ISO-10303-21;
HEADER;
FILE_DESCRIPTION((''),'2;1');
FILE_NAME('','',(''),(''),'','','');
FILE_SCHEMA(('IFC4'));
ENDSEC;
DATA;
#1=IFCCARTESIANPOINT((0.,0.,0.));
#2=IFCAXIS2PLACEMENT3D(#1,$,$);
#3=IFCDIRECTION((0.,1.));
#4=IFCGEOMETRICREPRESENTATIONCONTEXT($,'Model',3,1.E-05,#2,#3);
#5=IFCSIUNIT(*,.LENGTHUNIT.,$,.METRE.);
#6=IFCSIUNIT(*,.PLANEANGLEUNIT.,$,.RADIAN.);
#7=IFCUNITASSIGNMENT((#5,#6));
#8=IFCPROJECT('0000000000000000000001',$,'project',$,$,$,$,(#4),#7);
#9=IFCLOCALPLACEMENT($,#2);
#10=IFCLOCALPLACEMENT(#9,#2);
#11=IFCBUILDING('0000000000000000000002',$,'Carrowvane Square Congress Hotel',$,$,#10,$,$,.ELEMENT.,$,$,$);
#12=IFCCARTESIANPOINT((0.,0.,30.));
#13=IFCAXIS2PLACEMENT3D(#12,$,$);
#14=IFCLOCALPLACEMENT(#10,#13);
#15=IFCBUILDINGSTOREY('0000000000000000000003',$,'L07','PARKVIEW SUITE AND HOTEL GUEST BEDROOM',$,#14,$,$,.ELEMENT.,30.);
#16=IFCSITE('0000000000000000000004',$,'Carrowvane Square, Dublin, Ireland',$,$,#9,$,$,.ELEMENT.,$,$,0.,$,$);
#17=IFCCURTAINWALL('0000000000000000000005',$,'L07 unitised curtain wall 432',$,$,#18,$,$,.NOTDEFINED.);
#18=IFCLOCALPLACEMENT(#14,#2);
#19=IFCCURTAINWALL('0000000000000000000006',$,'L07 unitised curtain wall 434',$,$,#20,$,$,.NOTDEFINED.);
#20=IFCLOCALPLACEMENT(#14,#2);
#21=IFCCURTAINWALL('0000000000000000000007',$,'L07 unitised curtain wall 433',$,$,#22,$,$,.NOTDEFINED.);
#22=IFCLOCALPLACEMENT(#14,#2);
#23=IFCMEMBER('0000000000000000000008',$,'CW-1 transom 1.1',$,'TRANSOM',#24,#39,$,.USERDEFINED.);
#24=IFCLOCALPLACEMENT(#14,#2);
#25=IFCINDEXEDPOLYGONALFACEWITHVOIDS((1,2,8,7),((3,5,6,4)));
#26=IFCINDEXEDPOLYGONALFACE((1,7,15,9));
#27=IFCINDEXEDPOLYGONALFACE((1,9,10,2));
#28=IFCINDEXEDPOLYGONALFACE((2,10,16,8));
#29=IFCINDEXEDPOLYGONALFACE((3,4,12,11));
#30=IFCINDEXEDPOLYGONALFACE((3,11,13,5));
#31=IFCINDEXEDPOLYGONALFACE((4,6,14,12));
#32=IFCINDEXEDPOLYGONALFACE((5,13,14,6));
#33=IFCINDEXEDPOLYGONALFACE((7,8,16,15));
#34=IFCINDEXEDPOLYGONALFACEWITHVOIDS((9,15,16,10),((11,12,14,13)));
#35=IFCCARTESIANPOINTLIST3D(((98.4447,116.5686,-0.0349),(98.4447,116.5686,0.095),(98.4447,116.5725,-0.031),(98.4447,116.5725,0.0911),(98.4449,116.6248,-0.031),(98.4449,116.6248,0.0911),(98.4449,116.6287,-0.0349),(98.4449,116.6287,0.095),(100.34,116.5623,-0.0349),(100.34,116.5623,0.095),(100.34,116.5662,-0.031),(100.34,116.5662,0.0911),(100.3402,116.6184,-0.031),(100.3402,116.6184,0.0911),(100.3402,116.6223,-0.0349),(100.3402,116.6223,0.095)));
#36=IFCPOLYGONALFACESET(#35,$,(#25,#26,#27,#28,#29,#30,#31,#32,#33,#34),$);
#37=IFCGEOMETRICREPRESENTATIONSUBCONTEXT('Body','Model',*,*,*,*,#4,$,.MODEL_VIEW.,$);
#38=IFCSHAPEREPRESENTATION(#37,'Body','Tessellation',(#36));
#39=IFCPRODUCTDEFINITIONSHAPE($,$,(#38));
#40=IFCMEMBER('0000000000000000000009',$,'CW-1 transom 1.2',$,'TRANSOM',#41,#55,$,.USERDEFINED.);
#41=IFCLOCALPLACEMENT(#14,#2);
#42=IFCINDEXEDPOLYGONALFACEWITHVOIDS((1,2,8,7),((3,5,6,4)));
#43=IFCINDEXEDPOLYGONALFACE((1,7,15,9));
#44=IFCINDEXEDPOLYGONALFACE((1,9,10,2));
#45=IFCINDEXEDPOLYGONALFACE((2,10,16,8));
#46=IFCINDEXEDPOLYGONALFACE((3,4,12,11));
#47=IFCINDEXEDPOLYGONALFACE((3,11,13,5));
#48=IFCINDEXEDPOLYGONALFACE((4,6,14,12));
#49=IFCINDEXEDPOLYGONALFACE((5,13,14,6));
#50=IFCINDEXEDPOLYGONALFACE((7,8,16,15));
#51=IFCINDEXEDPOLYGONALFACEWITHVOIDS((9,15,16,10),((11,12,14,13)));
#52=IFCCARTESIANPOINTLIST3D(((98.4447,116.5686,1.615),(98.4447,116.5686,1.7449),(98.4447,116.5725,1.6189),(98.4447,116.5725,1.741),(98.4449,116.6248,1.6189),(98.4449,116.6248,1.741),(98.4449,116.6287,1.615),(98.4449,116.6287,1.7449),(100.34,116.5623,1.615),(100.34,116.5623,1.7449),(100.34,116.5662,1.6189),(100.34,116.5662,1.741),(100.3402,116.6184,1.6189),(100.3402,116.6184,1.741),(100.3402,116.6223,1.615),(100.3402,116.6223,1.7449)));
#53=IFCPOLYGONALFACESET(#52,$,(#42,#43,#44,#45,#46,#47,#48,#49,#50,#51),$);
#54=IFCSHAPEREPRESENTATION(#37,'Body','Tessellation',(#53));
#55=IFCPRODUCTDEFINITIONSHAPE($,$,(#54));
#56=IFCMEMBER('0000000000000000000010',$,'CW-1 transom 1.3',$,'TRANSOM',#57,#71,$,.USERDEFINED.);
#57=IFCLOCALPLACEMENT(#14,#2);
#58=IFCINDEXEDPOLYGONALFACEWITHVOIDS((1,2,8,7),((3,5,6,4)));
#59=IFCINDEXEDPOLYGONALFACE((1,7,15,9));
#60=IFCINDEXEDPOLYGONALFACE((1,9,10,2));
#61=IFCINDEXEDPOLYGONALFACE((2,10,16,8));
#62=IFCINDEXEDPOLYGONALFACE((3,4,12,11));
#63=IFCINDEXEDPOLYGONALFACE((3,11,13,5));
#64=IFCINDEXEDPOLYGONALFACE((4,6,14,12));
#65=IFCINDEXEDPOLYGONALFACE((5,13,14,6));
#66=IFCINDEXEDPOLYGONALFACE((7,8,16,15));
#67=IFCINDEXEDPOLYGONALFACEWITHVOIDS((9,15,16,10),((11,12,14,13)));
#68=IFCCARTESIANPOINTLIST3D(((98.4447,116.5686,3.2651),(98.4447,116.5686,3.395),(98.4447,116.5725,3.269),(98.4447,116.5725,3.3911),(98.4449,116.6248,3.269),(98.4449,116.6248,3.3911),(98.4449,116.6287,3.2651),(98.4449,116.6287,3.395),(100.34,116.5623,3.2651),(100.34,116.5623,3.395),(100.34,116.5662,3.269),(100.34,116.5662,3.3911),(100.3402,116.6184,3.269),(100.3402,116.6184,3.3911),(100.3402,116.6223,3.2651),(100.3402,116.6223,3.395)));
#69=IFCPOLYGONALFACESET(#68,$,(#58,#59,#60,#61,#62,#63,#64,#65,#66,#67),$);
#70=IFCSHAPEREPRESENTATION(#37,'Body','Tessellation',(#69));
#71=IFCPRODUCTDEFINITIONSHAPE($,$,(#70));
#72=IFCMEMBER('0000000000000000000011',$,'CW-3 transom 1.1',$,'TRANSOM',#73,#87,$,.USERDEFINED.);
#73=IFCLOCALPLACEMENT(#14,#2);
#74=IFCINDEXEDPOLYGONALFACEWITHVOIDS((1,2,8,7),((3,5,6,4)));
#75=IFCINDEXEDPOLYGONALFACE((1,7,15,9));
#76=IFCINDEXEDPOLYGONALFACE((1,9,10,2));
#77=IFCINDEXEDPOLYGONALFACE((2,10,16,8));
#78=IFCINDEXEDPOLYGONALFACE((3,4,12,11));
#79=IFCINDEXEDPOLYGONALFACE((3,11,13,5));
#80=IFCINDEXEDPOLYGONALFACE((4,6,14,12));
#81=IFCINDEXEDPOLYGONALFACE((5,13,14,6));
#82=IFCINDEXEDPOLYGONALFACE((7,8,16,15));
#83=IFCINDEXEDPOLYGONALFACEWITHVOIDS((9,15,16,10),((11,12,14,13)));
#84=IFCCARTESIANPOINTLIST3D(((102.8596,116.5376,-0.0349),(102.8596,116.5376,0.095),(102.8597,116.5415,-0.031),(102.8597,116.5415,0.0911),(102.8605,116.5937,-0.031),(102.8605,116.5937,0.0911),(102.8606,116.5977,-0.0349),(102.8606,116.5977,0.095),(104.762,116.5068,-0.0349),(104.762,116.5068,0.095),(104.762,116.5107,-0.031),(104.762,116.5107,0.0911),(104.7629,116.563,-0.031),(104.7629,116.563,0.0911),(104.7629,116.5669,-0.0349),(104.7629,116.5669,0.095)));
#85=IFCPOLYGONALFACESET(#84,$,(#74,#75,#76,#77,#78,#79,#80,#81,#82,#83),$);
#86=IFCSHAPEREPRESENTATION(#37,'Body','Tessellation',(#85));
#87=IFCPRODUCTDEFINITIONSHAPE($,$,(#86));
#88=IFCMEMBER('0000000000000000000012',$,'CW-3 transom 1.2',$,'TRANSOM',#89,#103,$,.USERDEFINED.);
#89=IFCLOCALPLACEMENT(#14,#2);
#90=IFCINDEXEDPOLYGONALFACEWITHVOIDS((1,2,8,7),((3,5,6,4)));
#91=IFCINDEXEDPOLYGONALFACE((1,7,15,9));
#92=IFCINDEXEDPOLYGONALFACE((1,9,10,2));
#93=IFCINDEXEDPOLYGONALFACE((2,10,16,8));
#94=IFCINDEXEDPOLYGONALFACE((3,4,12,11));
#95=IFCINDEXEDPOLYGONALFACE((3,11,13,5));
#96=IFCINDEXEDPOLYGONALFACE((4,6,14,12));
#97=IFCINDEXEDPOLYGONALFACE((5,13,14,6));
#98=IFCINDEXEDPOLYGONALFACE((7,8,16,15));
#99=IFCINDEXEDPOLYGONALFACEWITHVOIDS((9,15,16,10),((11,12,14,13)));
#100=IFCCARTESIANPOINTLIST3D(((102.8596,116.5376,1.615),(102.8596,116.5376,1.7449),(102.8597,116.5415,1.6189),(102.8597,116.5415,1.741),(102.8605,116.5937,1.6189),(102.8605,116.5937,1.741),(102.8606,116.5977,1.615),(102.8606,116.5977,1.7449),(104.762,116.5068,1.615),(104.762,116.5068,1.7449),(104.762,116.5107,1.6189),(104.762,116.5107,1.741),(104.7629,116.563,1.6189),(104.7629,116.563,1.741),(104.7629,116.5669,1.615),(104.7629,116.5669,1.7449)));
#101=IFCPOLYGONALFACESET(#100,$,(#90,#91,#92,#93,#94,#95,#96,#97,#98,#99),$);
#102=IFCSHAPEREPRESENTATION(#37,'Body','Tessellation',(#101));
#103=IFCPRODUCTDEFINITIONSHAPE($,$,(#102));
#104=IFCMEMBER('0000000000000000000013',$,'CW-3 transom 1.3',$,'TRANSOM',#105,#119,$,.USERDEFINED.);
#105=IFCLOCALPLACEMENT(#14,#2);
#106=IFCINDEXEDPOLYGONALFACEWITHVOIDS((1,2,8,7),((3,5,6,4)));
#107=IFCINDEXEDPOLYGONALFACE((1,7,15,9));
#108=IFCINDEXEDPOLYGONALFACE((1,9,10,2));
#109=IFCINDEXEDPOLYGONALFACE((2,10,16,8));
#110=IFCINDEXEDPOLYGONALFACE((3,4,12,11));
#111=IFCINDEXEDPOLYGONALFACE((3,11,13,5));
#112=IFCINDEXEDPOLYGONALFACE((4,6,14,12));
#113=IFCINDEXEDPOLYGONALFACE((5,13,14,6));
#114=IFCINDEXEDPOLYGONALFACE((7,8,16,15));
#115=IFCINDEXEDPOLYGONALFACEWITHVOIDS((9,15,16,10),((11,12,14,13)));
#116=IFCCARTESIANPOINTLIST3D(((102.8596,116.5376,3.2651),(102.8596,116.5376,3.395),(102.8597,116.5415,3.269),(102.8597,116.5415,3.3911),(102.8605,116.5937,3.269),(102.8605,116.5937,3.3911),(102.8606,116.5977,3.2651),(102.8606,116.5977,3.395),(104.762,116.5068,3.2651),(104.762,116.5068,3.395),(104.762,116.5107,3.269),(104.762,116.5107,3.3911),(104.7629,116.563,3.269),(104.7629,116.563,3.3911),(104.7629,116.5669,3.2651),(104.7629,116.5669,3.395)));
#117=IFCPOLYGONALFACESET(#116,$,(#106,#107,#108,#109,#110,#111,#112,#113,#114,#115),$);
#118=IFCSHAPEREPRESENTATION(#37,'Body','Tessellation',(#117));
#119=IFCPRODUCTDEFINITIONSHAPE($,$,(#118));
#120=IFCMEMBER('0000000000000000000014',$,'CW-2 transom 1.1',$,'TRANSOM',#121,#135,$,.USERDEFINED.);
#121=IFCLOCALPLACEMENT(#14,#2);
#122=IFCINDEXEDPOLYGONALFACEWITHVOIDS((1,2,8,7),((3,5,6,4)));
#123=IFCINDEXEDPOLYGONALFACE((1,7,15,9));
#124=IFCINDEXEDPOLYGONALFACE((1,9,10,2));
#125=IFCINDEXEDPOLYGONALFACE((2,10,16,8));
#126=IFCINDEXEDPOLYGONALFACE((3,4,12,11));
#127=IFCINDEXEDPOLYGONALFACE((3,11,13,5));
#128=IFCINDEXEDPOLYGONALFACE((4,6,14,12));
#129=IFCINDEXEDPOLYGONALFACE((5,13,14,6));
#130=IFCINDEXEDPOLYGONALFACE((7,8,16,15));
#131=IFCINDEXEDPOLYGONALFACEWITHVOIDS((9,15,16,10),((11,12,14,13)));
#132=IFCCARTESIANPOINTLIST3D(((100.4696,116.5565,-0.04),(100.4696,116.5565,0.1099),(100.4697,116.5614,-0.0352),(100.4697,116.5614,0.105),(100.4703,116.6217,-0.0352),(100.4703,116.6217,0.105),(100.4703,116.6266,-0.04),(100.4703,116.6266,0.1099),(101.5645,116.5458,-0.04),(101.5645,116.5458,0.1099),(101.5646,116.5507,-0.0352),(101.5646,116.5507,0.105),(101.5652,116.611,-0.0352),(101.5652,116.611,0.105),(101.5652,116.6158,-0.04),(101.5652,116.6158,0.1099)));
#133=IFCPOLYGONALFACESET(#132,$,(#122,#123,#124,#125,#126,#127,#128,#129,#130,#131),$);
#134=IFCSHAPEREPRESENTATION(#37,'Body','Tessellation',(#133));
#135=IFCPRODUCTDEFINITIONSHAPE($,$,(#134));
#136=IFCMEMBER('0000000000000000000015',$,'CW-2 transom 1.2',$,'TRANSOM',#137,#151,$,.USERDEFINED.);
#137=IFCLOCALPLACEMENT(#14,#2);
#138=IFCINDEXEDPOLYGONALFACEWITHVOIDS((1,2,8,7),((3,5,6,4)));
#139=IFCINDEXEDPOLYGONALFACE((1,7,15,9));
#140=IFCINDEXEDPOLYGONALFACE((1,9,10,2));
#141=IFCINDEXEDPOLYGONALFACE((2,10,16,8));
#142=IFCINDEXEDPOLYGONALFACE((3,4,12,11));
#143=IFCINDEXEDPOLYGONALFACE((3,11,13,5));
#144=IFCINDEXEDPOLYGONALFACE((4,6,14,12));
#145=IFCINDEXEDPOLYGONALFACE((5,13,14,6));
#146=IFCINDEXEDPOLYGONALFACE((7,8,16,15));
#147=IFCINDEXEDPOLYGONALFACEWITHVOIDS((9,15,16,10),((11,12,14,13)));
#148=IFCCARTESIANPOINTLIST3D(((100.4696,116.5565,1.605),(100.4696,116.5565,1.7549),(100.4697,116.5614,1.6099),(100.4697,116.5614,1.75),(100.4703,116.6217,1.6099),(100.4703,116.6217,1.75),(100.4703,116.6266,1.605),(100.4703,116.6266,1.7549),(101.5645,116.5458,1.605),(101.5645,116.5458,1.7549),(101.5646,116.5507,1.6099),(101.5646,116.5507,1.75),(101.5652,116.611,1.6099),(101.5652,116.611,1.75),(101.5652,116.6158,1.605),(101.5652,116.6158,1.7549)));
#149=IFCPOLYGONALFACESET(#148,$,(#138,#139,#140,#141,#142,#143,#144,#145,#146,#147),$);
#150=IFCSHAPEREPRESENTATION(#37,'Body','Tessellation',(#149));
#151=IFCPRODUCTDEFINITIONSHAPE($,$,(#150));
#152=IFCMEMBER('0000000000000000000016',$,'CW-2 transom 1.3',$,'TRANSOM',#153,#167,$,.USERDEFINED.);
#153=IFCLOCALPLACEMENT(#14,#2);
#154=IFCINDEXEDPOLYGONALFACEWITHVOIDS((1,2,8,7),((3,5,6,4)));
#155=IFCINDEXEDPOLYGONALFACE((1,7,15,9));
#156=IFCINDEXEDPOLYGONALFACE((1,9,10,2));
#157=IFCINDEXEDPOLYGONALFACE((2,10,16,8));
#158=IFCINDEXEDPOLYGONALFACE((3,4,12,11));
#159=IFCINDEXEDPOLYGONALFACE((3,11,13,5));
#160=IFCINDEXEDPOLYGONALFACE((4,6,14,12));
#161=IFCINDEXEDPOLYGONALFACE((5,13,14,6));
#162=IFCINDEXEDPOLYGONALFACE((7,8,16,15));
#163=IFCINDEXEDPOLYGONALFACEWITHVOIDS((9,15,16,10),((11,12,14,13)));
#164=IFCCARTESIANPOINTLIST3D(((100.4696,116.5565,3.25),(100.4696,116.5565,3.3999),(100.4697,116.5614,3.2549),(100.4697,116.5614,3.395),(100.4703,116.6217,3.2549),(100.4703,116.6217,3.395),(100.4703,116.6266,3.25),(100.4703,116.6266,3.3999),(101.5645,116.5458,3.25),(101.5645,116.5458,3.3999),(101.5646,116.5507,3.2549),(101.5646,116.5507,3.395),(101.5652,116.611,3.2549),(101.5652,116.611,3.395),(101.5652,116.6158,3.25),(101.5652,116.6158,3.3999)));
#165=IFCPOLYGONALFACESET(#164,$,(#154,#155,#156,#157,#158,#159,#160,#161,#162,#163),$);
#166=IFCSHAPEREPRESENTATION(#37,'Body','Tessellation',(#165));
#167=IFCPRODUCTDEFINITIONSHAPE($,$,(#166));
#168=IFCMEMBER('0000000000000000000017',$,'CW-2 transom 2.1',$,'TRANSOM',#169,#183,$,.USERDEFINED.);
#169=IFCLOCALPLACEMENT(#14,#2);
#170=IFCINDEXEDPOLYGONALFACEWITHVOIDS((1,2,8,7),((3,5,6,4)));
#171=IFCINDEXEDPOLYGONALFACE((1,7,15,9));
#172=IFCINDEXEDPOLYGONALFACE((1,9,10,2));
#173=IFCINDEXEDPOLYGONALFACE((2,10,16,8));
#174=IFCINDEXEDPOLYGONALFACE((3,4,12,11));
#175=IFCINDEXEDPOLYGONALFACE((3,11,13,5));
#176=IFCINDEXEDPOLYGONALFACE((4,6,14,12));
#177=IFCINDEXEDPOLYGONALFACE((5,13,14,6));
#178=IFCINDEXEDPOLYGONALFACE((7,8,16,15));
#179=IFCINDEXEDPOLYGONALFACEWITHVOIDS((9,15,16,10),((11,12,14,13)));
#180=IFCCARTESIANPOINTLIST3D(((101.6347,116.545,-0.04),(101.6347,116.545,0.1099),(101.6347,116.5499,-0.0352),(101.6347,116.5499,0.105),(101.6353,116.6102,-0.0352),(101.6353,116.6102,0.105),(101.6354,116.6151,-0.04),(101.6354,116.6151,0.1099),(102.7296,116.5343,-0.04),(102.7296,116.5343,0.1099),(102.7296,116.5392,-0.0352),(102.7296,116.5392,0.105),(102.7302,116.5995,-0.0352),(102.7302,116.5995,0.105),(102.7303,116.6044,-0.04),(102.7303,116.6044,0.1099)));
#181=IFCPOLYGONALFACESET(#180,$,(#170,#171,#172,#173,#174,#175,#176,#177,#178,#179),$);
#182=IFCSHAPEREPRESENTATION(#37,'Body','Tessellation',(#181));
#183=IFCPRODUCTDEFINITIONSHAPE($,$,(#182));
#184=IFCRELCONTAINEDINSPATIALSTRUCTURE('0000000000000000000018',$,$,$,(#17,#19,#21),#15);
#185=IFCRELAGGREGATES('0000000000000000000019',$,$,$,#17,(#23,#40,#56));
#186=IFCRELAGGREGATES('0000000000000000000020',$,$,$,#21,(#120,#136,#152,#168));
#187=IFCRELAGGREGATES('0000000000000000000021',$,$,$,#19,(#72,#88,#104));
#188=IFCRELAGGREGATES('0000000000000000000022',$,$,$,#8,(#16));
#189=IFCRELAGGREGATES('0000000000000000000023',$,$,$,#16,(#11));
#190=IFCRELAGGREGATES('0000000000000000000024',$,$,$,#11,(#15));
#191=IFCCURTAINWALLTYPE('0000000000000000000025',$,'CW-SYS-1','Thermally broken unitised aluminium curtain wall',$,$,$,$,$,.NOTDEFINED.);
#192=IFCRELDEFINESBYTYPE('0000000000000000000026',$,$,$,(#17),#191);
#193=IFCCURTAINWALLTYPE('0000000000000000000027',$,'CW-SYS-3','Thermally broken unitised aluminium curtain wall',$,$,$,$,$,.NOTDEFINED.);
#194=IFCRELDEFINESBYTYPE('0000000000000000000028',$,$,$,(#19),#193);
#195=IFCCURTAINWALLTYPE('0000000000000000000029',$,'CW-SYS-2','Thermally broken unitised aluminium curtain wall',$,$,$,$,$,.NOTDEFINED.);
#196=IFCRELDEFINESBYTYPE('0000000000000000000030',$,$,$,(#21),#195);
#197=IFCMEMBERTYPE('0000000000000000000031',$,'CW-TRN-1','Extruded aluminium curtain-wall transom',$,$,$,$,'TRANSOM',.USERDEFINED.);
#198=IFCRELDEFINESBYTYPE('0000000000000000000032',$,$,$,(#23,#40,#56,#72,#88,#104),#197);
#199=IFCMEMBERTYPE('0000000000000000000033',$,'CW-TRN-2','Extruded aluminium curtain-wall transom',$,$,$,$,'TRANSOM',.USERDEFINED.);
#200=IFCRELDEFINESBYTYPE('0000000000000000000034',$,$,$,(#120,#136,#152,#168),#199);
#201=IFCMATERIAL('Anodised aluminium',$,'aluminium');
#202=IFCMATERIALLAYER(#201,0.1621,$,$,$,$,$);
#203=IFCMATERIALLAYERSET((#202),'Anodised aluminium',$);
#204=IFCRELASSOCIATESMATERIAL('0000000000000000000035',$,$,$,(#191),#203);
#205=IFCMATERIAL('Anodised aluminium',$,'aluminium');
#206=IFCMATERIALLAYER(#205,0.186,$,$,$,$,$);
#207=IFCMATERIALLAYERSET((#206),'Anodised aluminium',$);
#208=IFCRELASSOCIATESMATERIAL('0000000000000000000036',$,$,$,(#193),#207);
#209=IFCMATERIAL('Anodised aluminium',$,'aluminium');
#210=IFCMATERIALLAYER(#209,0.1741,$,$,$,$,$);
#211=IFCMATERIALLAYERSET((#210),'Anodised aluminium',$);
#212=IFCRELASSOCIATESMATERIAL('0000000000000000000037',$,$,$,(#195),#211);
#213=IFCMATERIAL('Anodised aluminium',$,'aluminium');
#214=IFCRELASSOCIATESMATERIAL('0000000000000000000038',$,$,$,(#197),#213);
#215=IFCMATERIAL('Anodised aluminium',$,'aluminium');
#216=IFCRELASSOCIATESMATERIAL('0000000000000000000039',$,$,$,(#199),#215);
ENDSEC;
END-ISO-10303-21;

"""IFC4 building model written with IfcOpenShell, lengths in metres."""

from ifc_helpers import new_model, si_unit, direction, frame, origin, origin_2d, place, context, subcontext, project, spatial, hollow_rectangle, extrude, material, layer, layer_set, material_profile, profile_set, type_object, element, aggregate, save


model = new_model("IFC4")

# Units and contexts
model_context = context("Model", 3, precision=1e-05, world=origin(), true_north=direction((0.0, 1.0)))
body_context = subcontext(model_context, "Body", "Model", "MODEL_VIEW")
ifc_project = project(units=[si_unit("LENGTHUNIT", "METRE"), si_unit("PLANEANGLEUNIT", "RADIAN")], contexts=[model_context])

# Site, building, storey
site_placement = place(None, origin())
site = spatial("IfcSite", under=ifc_project, at=site_placement, Name="Carrowvane Square, Dublin, Ireland", CompositionType="ELEMENT", RefElevation=0.0)
building_placement = place(site_placement, origin())
building = spatial("IfcBuilding", under=site, at=building_placement, Name="Carrowvane Square Congress Hotel", CompositionType="ELEMENT")
storey_placement = place(building_placement, frame((0.0, 0.0, 30.0)))
storey = spatial("IfcBuildingStorey", under=building, at=storey_placement, Name="L07", Description="PARKVIEW SUITE AND HOTEL GUEST BEDROOM", CompositionType="ELEMENT", Elevation=30.0)

# Curtain walls
ifc_material_1 = material(Name="Anodised aluminium", Category="aluminium")
ifc_layer_1 = layer(ifc_material_1, 0.1621)
ifc_layer_set_1 = layer_set([ifc_layer_1], Name="Anodised aluminium")
curtain_wall_type_1 = type_object("IfcCurtainWallType", Name="CW-SYS-1", Description="Thermally broken unitised aluminium curtain wall", PredefinedType="NOTDEFINED", material=ifc_layer_set_1)
curtain_wall_1_placement = place(storey_placement, origin())
curtain_wall_1 = element("IfcCurtainWall", 1, at=curtain_wall_1_placement, inside=storey, type_object=curtain_wall_type_1, Name="L07 unitised curtain wall 432", PredefinedType="NOTDEFINED")
ifc_material_2 = material(Name="Anodised aluminium", Category="aluminium")
ifc_layer_2 = layer(ifc_material_2, 0.186)
ifc_layer_set_2 = layer_set([ifc_layer_2], Name="Anodised aluminium")
curtain_wall_type_2 = type_object("IfcCurtainWallType", Name="CW-SYS-3", Description="Thermally broken unitised aluminium curtain wall", PredefinedType="NOTDEFINED", material=ifc_layer_set_2)
curtain_wall_2_placement = place(storey_placement, origin())
curtain_wall_2 = element("IfcCurtainWall", 2, at=curtain_wall_2_placement, inside=storey, type_object=curtain_wall_type_2, Name="L07 unitised curtain wall 434", PredefinedType="NOTDEFINED")
ifc_material_3 = material(Name="Anodised aluminium", Category="aluminium")
ifc_layer_3 = layer(ifc_material_3, 0.1741)
ifc_layer_set_3 = layer_set([ifc_layer_3], Name="Anodised aluminium")
curtain_wall_type_3 = type_object("IfcCurtainWallType", Name="CW-SYS-2", Description="Thermally broken unitised aluminium curtain wall", PredefinedType="NOTDEFINED", material=ifc_layer_set_3)
curtain_wall_3_placement = place(storey_placement, origin())
curtain_wall_3 = element("IfcCurtainWall", 3, at=curtain_wall_3_placement, inside=storey, type_object=curtain_wall_type_3, Name="L07 unitised curtain wall 433", PredefinedType="NOTDEFINED")

# Members
ifc_material_4 = material(Name="Anodised aluminium", Category="aluminium")
ifc_material_profile_1 = material_profile(ifc_material_4, hollow_rectangle(XDim=0.0601, YDim=0.1299, WallThickness=0.0039, at=origin_2d()), Name="CW-TR 60x130x4")
ifc_profile_set_1 = profile_set([ifc_material_profile_1], Name="Anodised aluminium")
member_type_1 = type_object("IfcMemberType", Name="CW-TRN-1", Description="Extruded aluminium curtain-wall transom", ElementType="TRANSOM", PredefinedType="USERDEFINED", material=ifc_profile_set_1)
member_1_placement = place(storey_placement, frame((98.4448, 116.5986, 0.03), z_axis=(0.999994, -0.003349, 0.0), x_axis=(0.003349, 0.999994, 0.0)))
member_1 = element("IfcMember", 4, at=member_1_placement, type_object=member_type_1, Name="CW-1 transom 1.1", ObjectType="TRANSOM", PredefinedType="USERDEFINED", context=body_context, shape_type="SweptSolid", body=[
    extrude(hollow_rectangle(XDim=0.0601, YDim=0.1299, WallThickness=0.0039, at=origin_2d()), origin(), (0.0, 0.0, 1.0), 1.8953),
])
member_2_placement = place(storey_placement, frame((98.4448, 116.5986, 1.6799), z_axis=(0.999994, -0.003349, 0.0), x_axis=(0.003349, 0.999994, 0.0)))
member_2 = element("IfcMember", 5, at=member_2_placement, type_object=member_type_1, Name="CW-1 transom 1.2", ObjectType="TRANSOM", PredefinedType="USERDEFINED", context=body_context, shape_type="SweptSolid", body=[
    extrude(hollow_rectangle(XDim=0.0601, YDim=0.1299, WallThickness=0.0039, at=origin_2d()), origin(), (0.0, 0.0, 1.0), 1.8953),
])
member_3_placement = place(storey_placement, frame((98.4448, 116.5986, 3.3301), z_axis=(0.999994, -0.003349, 0.0), x_axis=(0.003349, 0.999994, 0.0)))
member_3 = element("IfcMember", 6, at=member_3_placement, type_object=member_type_1, Name="CW-1 transom 1.3", ObjectType="TRANSOM", PredefinedType="USERDEFINED", context=body_context, shape_type="SweptSolid", body=[
    extrude(hollow_rectangle(XDim=0.0601, YDim=0.1299, WallThickness=0.0039, at=origin_2d()), origin(), (0.0, 0.0, 1.0), 1.8953),
])
member_4_placement = place(storey_placement, frame((102.8601, 116.5676, 0.03), z_axis=(0.999869, -0.016168, 0.0), x_axis=(0.016168, 0.999869, 0.0)))
member_4 = element("IfcMember", 7, at=member_4_placement, type_object=member_type_1, Name="CW-3 transom 1.1", ObjectType="TRANSOM", PredefinedType="USERDEFINED", context=body_context, shape_type="SweptSolid", body=[
    extrude(hollow_rectangle(XDim=0.0601, YDim=0.1299, WallThickness=0.0039, at=origin_2d()), origin(), (0.0, 0.0, 1.0), 1.9026),
])
member_5_placement = place(storey_placement, frame((102.8601, 116.5676, 1.6799), z_axis=(0.999869, -0.016168, 0.0), x_axis=(0.016168, 0.999869, 0.0)))
member_5 = element("IfcMember", 8, at=member_5_placement, type_object=member_type_1, Name="CW-3 transom 1.2", ObjectType="TRANSOM", PredefinedType="USERDEFINED", context=body_context, shape_type="SweptSolid", body=[
    extrude(hollow_rectangle(XDim=0.0601, YDim=0.1299, WallThickness=0.0039, at=origin_2d()), origin(), (0.0, 0.0, 1.0), 1.9026),
])
member_6_placement = place(storey_placement, frame((102.8601, 116.5676, 3.3301), z_axis=(0.999869, -0.016168, 0.0), x_axis=(0.016168, 0.999869, 0.0)))
member_6 = element("IfcMember", 9, at=member_6_placement, type_object=member_type_1, Name="CW-3 transom 1.3", ObjectType="TRANSOM", PredefinedType="USERDEFINED", context=body_context, shape_type="SweptSolid", body=[
    extrude(hollow_rectangle(XDim=0.0601, YDim=0.1299, WallThickness=0.0039, at=origin_2d()), origin(), (0.0, 0.0, 1.0), 1.9026),
])
ifc_material_5 = material(Name="Anodised aluminium", Category="aluminium")
ifc_material_profile_2 = material_profile(ifc_material_5, hollow_rectangle(XDim=0.0701, YDim=0.1499, WallThickness=0.0049, at=origin_2d()), Name="CW-TR 70x150x5")
ifc_profile_set_2 = profile_set([ifc_material_profile_2], Name="Anodised aluminium")
member_type_2 = type_object("IfcMemberType", Name="CW-TRN-2", Description="Extruded aluminium curtain-wall transom", ElementType="TRANSOM", PredefinedType="USERDEFINED", material=ifc_profile_set_2)
member_7_placement = place(storey_placement, frame((100.47, 116.5916, 0.0349), z_axis=(0.999952, -0.00981, 0.0), x_axis=(0.00981, 0.999952, 0.0)))
member_7 = element("IfcMember", 10, at=member_7_placement, type_object=member_type_2, Name="CW-2 transom 1.1", ObjectType="TRANSOM", PredefinedType="USERDEFINED", context=body_context, shape_type="SweptSolid", body=[
    extrude(hollow_rectangle(XDim=0.0701, YDim=0.1499, WallThickness=0.0049, at=origin_2d()), origin(), (0.0, 0.0, 1.0), 1.095),
])
member_8_placement = place(storey_placement, frame((100.47, 116.5916, 1.6799), z_axis=(0.999952, -0.00981, 0.0), x_axis=(0.00981, 0.999952, 0.0)))
member_8 = element("IfcMember", 11, at=member_8_placement, type_object=member_type_2, Name="CW-2 transom 1.2", ObjectType="TRANSOM", PredefinedType="USERDEFINED", context=body_context, shape_type="SweptSolid", body=[
    extrude(hollow_rectangle(XDim=0.0701, YDim=0.1499, WallThickness=0.0049, at=origin_2d()), origin(), (0.0, 0.0, 1.0), 1.095),
])
member_9_placement = place(storey_placement, frame((100.47, 116.5916, 3.325), z_axis=(0.999952, -0.00981, 0.0), x_axis=(0.00981, 0.999952, 0.0)))
member_9 = element("IfcMember", 12, at=member_9_placement, type_object=member_type_2, Name="CW-2 transom 1.3", ObjectType="TRANSOM", PredefinedType="USERDEFINED", context=body_context, shape_type="SweptSolid", body=[
    extrude(hollow_rectangle(XDim=0.0701, YDim=0.1499, WallThickness=0.0049, at=origin_2d()), origin(), (0.0, 0.0, 1.0), 1.095),
])
member_10_placement = place(storey_placement, frame((101.635, 116.5801, 0.0349), z_axis=(0.999952, -0.00981, 0.0), x_axis=(0.00981, 0.999952, 0.0)))
member_10 = element("IfcMember", 13, at=member_10_placement, type_object=member_type_2, Name="CW-2 transom 2.1", ObjectType="TRANSOM", PredefinedType="USERDEFINED", context=body_context, shape_type="SweptSolid", body=[
    extrude(hollow_rectangle(XDim=0.0701, YDim=0.1499, WallThickness=0.0049, at=origin_2d()), origin(), (0.0, 0.0, 1.0), 1.095),
])

aggregate(curtain_wall_1, [member_1, member_2, member_3])
aggregate(curtain_wall_3, [member_7, member_8, member_9, member_10])
aggregate(curtain_wall_2, [member_4, member_5, member_6])

save(model, "model.ifc")
